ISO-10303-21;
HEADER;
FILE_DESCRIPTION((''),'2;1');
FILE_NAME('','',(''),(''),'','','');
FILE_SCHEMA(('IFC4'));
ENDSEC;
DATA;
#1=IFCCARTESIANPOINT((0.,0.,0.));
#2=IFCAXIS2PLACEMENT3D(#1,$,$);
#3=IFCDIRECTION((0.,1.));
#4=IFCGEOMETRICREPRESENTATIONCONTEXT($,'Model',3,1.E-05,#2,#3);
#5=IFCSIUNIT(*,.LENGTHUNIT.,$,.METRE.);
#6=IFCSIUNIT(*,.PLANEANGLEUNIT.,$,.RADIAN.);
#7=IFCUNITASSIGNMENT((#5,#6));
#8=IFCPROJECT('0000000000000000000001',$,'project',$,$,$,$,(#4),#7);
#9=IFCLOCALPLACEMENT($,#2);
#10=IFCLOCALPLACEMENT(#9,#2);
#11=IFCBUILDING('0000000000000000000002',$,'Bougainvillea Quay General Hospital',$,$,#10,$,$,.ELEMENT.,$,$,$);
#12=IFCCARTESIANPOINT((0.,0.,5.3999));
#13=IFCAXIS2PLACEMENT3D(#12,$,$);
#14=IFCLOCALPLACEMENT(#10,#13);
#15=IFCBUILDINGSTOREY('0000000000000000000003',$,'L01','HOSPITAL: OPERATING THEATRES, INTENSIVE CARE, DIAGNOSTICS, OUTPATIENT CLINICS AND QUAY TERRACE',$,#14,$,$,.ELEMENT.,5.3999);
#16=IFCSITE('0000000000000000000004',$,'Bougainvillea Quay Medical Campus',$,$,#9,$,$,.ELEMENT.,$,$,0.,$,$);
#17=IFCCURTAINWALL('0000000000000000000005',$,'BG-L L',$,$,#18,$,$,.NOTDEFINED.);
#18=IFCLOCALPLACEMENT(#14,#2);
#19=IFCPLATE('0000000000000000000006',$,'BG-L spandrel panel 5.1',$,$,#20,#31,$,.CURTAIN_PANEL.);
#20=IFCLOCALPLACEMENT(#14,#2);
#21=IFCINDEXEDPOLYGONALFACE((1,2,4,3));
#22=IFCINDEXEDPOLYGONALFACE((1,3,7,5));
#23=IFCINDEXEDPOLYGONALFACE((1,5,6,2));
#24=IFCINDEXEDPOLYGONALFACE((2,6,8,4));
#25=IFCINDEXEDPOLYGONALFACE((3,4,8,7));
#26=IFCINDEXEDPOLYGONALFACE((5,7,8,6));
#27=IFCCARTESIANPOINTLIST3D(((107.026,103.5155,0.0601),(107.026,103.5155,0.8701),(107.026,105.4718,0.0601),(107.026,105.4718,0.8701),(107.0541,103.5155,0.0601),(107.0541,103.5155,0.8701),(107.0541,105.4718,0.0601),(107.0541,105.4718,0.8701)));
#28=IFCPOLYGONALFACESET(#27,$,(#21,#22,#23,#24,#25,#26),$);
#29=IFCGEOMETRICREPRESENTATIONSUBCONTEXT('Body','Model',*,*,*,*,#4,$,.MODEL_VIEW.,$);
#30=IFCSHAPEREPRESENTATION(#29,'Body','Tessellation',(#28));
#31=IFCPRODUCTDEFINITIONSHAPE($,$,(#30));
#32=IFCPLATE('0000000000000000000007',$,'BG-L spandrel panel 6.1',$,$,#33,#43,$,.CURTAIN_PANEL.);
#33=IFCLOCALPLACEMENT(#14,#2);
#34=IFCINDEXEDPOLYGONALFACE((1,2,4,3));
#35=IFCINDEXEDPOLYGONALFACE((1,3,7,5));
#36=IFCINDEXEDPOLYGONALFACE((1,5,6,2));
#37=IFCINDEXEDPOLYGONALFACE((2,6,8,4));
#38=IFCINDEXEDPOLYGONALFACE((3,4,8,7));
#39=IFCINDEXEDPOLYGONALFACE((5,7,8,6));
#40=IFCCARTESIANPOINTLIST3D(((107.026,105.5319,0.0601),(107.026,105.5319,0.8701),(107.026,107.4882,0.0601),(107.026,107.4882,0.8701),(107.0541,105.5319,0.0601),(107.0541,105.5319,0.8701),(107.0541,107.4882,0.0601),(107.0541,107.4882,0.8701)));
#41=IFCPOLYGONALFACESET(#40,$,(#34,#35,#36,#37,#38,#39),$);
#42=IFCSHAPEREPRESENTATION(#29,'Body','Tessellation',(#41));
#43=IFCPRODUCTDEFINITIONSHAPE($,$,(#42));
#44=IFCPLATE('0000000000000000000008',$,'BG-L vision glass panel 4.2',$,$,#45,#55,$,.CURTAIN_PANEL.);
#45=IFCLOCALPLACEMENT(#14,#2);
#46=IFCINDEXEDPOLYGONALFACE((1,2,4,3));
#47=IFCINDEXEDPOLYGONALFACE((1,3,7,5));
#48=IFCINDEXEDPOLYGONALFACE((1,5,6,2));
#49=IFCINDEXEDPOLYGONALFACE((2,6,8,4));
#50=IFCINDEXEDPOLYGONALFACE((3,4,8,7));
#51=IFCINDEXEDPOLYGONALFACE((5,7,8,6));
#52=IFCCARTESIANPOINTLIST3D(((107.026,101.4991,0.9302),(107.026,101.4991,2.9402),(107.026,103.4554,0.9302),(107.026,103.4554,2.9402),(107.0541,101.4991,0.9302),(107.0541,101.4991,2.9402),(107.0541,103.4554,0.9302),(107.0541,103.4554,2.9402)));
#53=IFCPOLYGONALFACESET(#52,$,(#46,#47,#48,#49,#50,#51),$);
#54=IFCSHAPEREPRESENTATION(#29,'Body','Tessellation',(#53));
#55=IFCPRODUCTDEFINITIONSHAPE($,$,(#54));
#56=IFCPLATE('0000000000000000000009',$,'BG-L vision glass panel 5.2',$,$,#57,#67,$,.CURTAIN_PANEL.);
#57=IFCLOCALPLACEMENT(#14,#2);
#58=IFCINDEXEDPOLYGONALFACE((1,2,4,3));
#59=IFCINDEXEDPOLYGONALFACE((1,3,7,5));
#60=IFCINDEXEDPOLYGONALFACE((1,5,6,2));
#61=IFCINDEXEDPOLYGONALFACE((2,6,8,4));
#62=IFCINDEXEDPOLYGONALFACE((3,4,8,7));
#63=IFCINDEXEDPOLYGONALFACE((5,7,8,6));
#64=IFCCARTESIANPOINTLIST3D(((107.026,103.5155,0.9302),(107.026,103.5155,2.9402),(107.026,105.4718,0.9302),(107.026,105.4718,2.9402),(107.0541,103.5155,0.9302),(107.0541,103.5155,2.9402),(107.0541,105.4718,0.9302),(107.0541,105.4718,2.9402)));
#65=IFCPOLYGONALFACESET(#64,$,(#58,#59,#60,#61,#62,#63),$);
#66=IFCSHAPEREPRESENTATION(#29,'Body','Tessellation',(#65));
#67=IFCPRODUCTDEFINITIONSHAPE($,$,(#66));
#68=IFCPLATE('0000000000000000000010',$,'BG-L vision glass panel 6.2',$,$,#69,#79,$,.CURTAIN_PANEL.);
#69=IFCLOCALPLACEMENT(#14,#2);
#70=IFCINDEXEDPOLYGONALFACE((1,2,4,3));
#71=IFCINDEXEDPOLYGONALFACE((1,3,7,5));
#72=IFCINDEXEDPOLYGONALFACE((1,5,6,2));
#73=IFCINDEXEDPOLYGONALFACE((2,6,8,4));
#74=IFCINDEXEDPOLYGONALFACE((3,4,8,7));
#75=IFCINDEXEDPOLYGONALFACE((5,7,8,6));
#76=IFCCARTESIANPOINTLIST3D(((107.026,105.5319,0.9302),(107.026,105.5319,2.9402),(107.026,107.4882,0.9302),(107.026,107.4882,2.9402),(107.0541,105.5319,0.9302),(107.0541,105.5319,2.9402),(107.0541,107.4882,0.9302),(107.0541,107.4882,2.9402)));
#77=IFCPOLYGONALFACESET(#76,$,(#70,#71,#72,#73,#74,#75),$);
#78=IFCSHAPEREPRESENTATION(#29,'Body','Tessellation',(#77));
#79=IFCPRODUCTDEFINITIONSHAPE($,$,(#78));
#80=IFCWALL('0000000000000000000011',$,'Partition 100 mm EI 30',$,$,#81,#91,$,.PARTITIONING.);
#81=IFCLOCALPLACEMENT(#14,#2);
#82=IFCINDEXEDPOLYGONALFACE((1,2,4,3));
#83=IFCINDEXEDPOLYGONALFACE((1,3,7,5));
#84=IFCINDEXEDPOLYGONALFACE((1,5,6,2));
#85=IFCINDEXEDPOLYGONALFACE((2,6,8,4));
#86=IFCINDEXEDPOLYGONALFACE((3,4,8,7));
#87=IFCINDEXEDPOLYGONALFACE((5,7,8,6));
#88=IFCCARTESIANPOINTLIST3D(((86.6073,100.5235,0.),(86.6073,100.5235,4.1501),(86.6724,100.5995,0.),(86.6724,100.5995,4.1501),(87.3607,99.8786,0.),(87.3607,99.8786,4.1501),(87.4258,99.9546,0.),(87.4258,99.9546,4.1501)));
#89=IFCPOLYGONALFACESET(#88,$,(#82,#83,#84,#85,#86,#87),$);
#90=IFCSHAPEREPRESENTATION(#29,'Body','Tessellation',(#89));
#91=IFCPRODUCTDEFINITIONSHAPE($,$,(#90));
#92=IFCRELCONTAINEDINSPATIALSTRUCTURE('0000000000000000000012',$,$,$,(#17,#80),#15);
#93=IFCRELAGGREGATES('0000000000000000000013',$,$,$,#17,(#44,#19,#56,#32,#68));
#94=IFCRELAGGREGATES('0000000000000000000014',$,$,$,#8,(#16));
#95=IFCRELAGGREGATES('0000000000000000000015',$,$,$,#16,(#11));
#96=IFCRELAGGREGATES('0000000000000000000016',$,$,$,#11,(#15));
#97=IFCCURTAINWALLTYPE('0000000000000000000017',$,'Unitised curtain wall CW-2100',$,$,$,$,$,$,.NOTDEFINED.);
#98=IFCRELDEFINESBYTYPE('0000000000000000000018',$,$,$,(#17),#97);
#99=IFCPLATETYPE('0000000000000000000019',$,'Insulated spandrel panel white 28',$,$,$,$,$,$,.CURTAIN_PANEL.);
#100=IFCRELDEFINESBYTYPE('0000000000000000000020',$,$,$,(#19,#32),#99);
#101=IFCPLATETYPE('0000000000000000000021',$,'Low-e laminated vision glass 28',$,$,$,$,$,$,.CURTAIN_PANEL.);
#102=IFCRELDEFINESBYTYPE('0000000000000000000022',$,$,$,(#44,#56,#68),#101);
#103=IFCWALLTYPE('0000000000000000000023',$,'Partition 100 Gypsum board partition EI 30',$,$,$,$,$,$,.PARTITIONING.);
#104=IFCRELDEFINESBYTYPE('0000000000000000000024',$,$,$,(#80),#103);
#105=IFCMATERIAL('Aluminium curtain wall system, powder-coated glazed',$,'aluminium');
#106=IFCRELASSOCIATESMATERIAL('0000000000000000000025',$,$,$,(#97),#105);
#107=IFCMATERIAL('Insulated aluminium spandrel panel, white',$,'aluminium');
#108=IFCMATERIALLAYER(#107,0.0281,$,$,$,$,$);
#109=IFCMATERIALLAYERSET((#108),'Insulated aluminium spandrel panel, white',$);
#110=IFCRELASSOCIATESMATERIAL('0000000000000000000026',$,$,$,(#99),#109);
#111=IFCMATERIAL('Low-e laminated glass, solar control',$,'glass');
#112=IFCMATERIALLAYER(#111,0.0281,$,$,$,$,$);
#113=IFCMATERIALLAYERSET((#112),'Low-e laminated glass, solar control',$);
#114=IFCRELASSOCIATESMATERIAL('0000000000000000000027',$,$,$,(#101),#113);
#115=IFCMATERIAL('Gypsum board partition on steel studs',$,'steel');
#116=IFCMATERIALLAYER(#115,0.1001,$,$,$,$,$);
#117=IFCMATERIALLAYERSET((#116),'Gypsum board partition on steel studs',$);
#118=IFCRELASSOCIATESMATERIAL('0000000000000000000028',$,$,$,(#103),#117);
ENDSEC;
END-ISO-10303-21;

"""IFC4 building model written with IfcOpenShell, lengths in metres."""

from ifc_helpers import new_model, si_unit, direction, frame, frame_2d, origin, origin_2d, place, context, subcontext, project, spatial, rectangle, extrude, material, layer, layer_set, type_object, element, aggregate, save


model = new_model("IFC4")

# Units and contexts
model_context = context("Model", 3, precision=1e-05, world=origin(), true_north=direction((0.0, 1.0)))
body_context = subcontext(model_context, "Body", "Model", "MODEL_VIEW")
ifc_project = project(units=[si_unit("LENGTHUNIT", "METRE"), si_unit("PLANEANGLEUNIT", "RADIAN")], contexts=[model_context])

# Site, building, storey
site_placement = place(None, origin())
site = spatial("IfcSite", under=ifc_project, at=site_placement, Name="Bougainvillea Quay Medical Campus", CompositionType="ELEMENT", RefElevation=0.0)
building_placement = place(site_placement, origin())
building = spatial("IfcBuilding", under=site, at=building_placement, Name="Bougainvillea Quay General Hospital", CompositionType="ELEMENT")
storey_placement = place(building_placement, frame((0.0, 0.0, 5.3999)))
storey = spatial("IfcBuildingStorey", under=building, at=storey_placement, Name="L01", Description="HOSPITAL: OPERATING THEATRES, INTENSIVE CARE, DIAGNOSTICS, OUTPATIENT CLINICS AND QUAY TERRACE", CompositionType="ELEMENT", Elevation=5.3999)

# Curtain wall, plates
ifc_material_1 = material(Name="Aluminium curtain wall system, powder-coated glazed", Category="aluminium")
curtain_wall_type = type_object("IfcCurtainWallType", Name="Unitised curtain wall CW-2100", PredefinedType="NOTDEFINED", material=ifc_material_1)
curtain_wall_placement = place(storey_placement, origin())
curtain_wall = element("IfcCurtainWall", 1, at=curtain_wall_placement, inside=storey, type_object=curtain_wall_type, Name="BG-L L", PredefinedType="NOTDEFINED")
ifc_material_2 = material(Name="Insulated aluminium spandrel panel, white", Category="aluminium")
ifc_layer_1 = layer(ifc_material_2, 0.0281)
ifc_layer_set_1 = layer_set([ifc_layer_1], Name="Insulated aluminium spandrel panel, white")
plate_type_1 = type_object("IfcPlateType", Name="Insulated spandrel panel white 28", PredefinedType="CURTAIN_PANEL", material=ifc_layer_set_1)
plate_1_placement = place(storey_placement, frame((107.04, 104.4937, 0.0601), z_axis=(0.0, 0.0, 1.0), x_axis=(0.0, 1.0, 0.0)))
plate_1 = element("IfcPlate", 2, at=plate_1_placement, type_object=plate_type_1, Name="BG-L spandrel panel 5.1", PredefinedType="CURTAIN_PANEL", context=body_context, shape_type="SweptSolid", body=[
    extrude(rectangle(XDim=1.9563, YDim=0.0281, at=origin_2d()), origin(), (0.0, 0.0, 1.0), 0.8101),
])
plate_2_placement = place(storey_placement, frame((107.04, 106.51, 0.0601), z_axis=(0.0, 0.0, 1.0), x_axis=(0.0, 1.0, 0.0)))
plate_2 = element("IfcPlate", 3, at=plate_2_placement, type_object=plate_type_1, Name="BG-L spandrel panel 6.1", PredefinedType="CURTAIN_PANEL", context=body_context, shape_type="SweptSolid", body=[
    extrude(rectangle(XDim=1.9563, YDim=0.0281, at=origin_2d()), origin(), (0.0, 0.0, 1.0), 0.8101),
])
ifc_material_3 = material(Name="Low-e laminated glass, solar control", Category="glass")
ifc_layer_2 = layer(ifc_material_3, 0.0281)
ifc_layer_set_2 = layer_set([ifc_layer_2], Name="Low-e laminated glass, solar control")
plate_type_2 = type_object("IfcPlateType", Name="Low-e laminated vision glass 28", PredefinedType="CURTAIN_PANEL", material=ifc_layer_set_2)
plate_3_placement = place(storey_placement, frame((107.04, 102.4773, 0.9302), z_axis=(0.0, 0.0, 1.0), x_axis=(0.0, 1.0, 0.0)))
plate_3 = element("IfcPlate", 4, at=plate_3_placement, type_object=plate_type_2, Name="BG-L vision glass panel 4.2", PredefinedType="CURTAIN_PANEL", context=body_context, shape_type="SweptSolid", body=[
    extrude(rectangle(XDim=1.9563, YDim=0.0281, at=origin_2d()), origin(), (0.0, 0.0, 1.0), 2.01),
])
plate_4_placement = place(storey_placement, frame((107.04, 104.4937, 0.9302), z_axis=(0.0, 0.0, 1.0), x_axis=(0.0, 1.0, 0.0)))
plate_4 = element("IfcPlate", 5, at=plate_4_placement, type_object=plate_type_2, Name="BG-L vision glass panel 5.2", PredefinedType="CURTAIN_PANEL", context=body_context, shape_type="SweptSolid", body=[
    extrude(rectangle(XDim=1.9563, YDim=0.0281, at=origin_2d()), origin(), (0.0, 0.0, 1.0), 2.01),
])
plate_5_placement = place(storey_placement, frame((107.04, 106.51, 0.9302), z_axis=(0.0, 0.0, 1.0), x_axis=(0.0, 1.0, 0.0)))
plate_5 = element("IfcPlate", 6, at=plate_5_placement, type_object=plate_type_2, Name="BG-L vision glass panel 6.2", PredefinedType="CURTAIN_PANEL", context=body_context, shape_type="SweptSolid", body=[
    extrude(rectangle(XDim=1.9563, YDim=0.0281, at=origin_2d()), origin(), (0.0, 0.0, 1.0), 2.01),
])
aggregate(curtain_wall, [plate_3, plate_1, plate_4, plate_2, plate_5])

# Wall
ifc_material_4 = material(Name="Gypsum board partition on steel studs", Category="steel")
ifc_layer_3 = layer(ifc_material_4, 0.1001)
ifc_layer_set_3 = layer_set([ifc_layer_3], Name="Gypsum board partition on steel studs")
wall_type = type_object("IfcWallType", Name="Partition 100 Gypsum board partition EI 30", PredefinedType="PARTITIONING", material=ifc_layer_set_3)
wall_placement = place(storey_placement, frame((86.6399, 100.5615, 0.0), z_axis=(0.0, 0.0, 1.0), x_axis=(0.759639, -0.650345, 0.0)))
element("IfcWall", 7, at=wall_placement, inside=storey, type_object=wall_type, Name="Partition 100 mm EI 30", PredefinedType="PARTITIONING", context=body_context, shape_type="SweptSolid", body=[
    extrude(rectangle(XDim=0.9917, YDim=0.1001, at=frame_2d((0.4958, 0.0))), origin(), (0.0, 0.0, 1.0), 4.1501),
])

save(model, "model.ifc")
